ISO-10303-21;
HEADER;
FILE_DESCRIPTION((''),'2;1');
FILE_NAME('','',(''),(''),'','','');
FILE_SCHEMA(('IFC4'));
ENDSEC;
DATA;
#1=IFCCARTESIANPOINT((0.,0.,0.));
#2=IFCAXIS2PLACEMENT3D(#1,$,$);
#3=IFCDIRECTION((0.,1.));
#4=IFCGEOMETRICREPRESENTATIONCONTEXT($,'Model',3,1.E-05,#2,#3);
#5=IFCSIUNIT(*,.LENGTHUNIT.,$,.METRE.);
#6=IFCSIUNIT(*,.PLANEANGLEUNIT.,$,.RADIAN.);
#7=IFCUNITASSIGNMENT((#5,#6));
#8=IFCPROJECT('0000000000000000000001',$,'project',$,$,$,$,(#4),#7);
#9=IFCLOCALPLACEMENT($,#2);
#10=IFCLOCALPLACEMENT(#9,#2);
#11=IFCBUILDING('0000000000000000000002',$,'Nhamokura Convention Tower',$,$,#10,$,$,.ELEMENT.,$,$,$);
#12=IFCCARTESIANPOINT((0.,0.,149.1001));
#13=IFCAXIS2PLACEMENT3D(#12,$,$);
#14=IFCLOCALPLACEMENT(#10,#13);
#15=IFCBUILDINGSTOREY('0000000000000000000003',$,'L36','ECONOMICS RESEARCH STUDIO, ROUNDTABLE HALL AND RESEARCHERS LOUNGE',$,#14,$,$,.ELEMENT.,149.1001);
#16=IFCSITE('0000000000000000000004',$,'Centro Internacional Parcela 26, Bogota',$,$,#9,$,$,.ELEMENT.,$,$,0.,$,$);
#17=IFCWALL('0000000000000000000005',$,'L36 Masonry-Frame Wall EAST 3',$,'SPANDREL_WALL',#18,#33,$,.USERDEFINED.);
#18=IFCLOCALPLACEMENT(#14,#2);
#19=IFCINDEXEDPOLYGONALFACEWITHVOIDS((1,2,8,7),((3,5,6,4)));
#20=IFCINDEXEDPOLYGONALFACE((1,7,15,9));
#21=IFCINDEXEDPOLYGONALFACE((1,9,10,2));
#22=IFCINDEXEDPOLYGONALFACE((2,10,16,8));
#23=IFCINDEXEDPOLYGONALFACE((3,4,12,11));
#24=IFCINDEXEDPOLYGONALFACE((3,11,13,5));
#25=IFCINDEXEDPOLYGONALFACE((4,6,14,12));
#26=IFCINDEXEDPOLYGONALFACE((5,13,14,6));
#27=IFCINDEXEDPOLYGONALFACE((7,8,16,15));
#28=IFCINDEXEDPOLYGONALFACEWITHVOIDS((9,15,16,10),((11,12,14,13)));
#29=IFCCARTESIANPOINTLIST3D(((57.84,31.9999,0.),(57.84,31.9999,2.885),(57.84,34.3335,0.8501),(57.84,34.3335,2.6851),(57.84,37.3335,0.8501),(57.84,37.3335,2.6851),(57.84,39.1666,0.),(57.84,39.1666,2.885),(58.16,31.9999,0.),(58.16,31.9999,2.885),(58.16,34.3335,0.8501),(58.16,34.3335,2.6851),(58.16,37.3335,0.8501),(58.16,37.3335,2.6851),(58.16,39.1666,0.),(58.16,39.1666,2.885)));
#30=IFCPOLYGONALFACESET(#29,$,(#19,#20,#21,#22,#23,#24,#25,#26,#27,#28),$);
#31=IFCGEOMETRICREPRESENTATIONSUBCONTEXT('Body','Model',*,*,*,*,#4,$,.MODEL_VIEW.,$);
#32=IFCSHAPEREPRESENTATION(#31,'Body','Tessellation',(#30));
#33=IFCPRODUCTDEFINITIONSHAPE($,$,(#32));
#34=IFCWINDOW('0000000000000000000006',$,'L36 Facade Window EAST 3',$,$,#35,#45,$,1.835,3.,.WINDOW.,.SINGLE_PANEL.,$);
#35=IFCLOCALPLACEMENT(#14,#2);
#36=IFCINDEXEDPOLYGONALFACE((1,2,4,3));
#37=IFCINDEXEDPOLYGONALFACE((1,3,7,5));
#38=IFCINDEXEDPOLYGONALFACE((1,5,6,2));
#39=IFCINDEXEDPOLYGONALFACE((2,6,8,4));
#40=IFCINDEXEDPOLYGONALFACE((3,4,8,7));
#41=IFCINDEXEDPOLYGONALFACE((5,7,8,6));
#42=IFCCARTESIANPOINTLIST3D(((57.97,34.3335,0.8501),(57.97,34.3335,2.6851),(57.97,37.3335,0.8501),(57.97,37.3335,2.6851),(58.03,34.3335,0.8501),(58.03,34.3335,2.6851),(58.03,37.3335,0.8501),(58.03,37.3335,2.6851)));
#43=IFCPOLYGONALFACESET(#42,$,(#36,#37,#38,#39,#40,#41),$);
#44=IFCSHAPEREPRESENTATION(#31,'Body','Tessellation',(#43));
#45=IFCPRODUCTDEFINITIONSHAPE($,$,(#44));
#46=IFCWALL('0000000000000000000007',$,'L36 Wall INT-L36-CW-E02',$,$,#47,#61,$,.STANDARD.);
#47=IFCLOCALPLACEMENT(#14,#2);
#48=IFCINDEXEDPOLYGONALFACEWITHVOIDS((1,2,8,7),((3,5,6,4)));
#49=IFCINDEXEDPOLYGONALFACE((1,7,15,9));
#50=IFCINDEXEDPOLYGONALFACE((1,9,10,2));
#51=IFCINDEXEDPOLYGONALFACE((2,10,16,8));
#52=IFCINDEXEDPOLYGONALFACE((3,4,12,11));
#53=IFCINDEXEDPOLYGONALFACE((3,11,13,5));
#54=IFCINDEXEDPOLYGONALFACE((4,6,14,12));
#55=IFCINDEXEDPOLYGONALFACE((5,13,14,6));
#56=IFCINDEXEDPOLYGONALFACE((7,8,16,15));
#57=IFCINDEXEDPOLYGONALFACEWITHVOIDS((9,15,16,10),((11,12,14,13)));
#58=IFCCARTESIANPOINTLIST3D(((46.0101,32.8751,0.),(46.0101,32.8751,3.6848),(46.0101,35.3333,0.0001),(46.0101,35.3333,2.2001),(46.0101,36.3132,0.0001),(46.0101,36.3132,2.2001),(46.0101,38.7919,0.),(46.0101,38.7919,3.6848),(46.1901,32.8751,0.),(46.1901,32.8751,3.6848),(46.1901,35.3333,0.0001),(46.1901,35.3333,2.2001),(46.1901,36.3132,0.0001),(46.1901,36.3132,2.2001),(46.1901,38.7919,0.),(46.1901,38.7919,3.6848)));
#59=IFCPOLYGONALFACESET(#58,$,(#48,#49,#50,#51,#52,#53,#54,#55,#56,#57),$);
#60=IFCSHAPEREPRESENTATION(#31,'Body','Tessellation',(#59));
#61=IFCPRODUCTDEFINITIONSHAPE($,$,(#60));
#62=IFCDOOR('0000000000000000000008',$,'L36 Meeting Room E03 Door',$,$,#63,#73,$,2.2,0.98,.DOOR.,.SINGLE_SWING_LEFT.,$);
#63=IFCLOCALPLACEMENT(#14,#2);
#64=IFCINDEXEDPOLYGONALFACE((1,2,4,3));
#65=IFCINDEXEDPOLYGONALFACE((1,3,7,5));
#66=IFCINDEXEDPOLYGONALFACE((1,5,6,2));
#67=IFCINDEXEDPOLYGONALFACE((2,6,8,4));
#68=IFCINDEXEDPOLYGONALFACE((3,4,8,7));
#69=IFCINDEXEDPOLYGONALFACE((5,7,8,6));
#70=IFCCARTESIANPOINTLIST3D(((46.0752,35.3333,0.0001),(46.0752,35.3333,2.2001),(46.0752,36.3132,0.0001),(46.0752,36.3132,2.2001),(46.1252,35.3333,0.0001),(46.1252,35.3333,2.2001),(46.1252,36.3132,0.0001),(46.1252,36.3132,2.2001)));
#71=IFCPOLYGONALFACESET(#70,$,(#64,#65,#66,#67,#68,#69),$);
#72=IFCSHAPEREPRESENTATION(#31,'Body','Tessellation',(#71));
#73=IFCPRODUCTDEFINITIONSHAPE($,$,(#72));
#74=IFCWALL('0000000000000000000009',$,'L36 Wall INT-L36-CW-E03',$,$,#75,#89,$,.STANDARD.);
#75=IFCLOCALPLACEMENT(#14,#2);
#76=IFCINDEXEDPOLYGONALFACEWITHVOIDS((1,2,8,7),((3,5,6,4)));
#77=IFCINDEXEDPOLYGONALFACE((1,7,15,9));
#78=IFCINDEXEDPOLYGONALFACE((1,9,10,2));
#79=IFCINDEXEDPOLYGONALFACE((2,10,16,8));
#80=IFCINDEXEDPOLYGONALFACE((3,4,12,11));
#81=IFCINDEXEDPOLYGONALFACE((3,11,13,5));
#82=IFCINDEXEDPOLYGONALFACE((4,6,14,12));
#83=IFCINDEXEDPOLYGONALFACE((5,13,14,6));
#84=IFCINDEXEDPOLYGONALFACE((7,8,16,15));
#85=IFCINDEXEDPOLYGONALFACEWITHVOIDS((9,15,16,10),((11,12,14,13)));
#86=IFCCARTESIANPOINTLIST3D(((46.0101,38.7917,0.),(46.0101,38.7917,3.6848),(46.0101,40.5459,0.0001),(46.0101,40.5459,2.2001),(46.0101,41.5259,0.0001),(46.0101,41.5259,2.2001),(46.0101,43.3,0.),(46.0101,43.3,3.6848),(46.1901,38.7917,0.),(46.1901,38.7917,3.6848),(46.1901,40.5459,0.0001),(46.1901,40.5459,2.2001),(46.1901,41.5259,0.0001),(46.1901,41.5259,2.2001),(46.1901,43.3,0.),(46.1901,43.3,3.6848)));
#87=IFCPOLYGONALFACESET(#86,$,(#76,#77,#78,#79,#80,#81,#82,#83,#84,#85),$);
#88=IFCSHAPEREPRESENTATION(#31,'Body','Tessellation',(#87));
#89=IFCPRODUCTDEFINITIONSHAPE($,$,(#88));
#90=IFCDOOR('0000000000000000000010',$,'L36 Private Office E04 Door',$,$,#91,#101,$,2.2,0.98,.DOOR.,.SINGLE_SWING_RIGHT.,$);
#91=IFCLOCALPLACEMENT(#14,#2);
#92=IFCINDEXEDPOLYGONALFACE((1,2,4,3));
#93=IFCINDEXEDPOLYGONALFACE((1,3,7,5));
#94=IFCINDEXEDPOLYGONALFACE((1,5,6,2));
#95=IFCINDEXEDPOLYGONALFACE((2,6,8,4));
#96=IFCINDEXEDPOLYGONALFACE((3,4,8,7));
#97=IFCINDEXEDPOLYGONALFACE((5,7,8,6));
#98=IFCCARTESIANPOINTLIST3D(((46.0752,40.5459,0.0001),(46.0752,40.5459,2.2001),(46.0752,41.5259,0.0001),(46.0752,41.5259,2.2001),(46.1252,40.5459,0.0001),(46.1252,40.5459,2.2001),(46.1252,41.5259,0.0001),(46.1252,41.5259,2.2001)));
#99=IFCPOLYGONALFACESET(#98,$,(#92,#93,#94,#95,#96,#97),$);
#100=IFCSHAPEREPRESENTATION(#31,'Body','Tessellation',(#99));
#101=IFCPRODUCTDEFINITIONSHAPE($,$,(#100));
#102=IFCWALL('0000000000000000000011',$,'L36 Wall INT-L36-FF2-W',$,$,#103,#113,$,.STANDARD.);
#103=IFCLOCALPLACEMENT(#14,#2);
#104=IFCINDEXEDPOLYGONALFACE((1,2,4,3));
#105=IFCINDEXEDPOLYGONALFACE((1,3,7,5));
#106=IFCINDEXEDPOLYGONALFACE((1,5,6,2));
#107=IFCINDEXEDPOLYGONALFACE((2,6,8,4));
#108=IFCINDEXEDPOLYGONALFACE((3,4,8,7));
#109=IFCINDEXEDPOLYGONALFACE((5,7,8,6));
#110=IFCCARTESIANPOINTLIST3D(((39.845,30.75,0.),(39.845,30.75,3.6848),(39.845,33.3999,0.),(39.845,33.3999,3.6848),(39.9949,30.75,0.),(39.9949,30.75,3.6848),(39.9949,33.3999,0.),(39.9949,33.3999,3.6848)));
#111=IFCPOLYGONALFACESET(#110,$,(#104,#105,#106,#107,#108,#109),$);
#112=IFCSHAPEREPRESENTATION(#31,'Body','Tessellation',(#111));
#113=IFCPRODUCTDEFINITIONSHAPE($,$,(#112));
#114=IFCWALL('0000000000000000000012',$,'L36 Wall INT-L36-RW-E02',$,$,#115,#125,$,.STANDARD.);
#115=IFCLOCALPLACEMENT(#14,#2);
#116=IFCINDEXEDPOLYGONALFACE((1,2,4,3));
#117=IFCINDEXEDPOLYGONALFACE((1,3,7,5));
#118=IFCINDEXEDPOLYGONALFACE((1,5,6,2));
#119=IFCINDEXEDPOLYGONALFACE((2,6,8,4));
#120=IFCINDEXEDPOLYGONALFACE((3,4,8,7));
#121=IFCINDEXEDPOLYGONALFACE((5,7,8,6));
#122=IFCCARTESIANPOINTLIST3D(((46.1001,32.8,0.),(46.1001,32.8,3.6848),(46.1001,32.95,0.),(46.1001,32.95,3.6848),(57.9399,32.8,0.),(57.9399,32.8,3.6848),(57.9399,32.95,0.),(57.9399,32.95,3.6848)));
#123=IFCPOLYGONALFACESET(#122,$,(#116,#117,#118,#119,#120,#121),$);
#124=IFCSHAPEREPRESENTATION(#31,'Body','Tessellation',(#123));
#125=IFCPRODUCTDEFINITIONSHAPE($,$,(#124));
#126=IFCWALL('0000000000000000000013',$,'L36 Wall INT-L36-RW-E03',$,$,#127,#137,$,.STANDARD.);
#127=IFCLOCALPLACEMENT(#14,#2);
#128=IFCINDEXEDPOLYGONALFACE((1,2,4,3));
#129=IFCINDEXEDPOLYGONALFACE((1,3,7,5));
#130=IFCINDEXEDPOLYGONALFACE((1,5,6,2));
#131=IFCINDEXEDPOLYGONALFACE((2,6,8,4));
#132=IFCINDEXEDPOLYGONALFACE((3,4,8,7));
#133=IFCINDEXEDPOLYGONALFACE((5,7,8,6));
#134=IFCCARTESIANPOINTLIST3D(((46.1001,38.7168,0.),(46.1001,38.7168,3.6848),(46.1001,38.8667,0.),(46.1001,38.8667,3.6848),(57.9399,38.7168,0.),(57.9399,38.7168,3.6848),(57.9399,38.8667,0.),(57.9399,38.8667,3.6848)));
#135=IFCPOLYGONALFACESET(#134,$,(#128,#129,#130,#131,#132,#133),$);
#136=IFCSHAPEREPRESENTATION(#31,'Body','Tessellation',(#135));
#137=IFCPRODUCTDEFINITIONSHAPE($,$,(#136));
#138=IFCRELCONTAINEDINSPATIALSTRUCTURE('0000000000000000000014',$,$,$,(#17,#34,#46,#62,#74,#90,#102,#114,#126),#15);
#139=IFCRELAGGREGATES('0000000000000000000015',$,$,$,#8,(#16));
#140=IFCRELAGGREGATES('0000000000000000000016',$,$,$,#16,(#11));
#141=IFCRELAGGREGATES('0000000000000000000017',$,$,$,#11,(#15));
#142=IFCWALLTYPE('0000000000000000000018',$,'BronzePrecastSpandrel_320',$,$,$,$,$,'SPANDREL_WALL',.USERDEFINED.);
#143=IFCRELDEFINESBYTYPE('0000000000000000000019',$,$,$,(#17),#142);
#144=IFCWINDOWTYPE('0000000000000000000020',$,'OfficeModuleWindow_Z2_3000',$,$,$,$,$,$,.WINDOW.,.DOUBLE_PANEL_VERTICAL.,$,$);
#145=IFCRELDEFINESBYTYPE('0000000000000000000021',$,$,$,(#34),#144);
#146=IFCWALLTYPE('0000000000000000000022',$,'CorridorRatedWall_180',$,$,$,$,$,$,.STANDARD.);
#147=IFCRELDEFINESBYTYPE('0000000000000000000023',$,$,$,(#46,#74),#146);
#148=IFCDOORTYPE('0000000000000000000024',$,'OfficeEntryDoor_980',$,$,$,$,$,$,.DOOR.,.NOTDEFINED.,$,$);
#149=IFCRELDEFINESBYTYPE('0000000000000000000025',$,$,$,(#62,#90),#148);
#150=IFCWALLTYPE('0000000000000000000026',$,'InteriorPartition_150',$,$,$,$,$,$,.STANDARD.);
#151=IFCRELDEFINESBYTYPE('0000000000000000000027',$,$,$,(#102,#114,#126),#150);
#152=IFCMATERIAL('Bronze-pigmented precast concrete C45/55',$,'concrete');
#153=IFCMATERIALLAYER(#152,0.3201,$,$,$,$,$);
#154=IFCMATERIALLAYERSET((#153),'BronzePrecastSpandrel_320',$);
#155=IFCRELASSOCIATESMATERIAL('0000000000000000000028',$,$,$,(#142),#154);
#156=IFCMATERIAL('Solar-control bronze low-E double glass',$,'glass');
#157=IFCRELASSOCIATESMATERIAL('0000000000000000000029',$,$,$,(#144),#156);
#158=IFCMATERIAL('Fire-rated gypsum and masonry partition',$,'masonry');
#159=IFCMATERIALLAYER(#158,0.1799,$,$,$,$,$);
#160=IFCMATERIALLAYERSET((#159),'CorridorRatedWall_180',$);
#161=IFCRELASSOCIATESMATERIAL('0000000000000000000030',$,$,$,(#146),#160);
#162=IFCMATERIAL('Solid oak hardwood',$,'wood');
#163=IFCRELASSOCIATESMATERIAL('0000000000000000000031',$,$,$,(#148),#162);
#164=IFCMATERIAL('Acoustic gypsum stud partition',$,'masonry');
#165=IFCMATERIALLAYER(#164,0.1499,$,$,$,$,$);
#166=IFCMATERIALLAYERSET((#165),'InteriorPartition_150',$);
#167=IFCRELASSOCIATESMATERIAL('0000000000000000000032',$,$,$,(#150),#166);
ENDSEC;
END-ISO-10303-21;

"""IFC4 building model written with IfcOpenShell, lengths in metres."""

from ifc_helpers import new_model, si_unit, direction, frame, frame_2d, origin, place, context, subcontext, project, spatial, rectangle, extrude, material, layer, layer_set, type_object, element, fill, save


model = new_model("IFC4")

# Units and contexts
model_context = context("Model", 3, precision=1e-05, world=origin(), true_north=direction((0.0, 1.0)))
body_context = subcontext(model_context, "Body", "Model", "MODEL_VIEW")
ifc_project = project(units=[si_unit("LENGTHUNIT", "METRE"), si_unit("PLANEANGLEUNIT", "RADIAN")], contexts=[model_context])

# Site, building, storey
site_placement = place(None, origin())
site = spatial("IfcSite", under=ifc_project, at=site_placement, Name="Centro Internacional Parcela 26, Bogota", CompositionType="ELEMENT", RefElevation=0.0)
building_placement = place(site_placement, origin())
building = spatial("IfcBuilding", under=site, at=building_placement, Name="Nhamokura Convention Tower", CompositionType="ELEMENT")
storey_placement = place(building_placement, frame((0.0, 0.0, 149.1001)))
storey = spatial("IfcBuildingStorey", under=building, at=storey_placement, Name="L36", Description="ECONOMICS RESEARCH STUDIO, ROUNDTABLE HALL AND RESEARCHERS LOUNGE", CompositionType="ELEMENT", Elevation=149.1001)

# Wall, opening, window
ifc_material_1 = material(Name="Bronze-pigmented precast concrete C45/55", Category="concrete")
ifc_layer_1 = layer(ifc_material_1, 0.3201)
ifc_layer_set_1 = layer_set([ifc_layer_1], Name="BronzePrecastSpandrel_320")
wall_type_1 = type_object("IfcWallType", Name="BronzePrecastSpandrel_320", ElementType="SPANDREL_WALL", PredefinedType="USERDEFINED", material=ifc_layer_set_1)
ifc_material_2 = material(Name="Solar-control bronze low-E double glass", Category="glass")
window_type = type_object("IfcWindowType", Name="OfficeModuleWindow_Z2_3000", PartitioningType="DOUBLE_PANEL_VERTICAL", PredefinedType="WINDOW", material=ifc_material_2)
wall_1_placement = place(storey_placement, frame((58.0, 39.1667, 0.0), z_axis=(0.0, 0.0, 1.0), x_axis=(0.0, -1.0, 0.0)))
wall_1 = element("IfcWall", 1, at=wall_1_placement, inside=storey, type_object=wall_type_1, Name="L36 Masonry-Frame Wall EAST 3", ObjectType="SPANDREL_WALL", PredefinedType="USERDEFINED", context=body_context, shape_type="SweptSolid", body=[
    extrude(rectangle(XDim=7.1667, YDim=0.3201, at=frame_2d((3.5835, 0.0))), origin(), (0.0, 0.0, 1.0), 2.885),
])
opening_1_placement = place(wall_1_placement, frame((1.8333, 0.0, 0.8501)))
opening_1 = element("IfcOpeningElement", 2, at=opening_1_placement, cuts=wall_1, PredefinedType="OPENING", context=body_context, shape_type="SweptSolid", body=[
    extrude(rectangle(XDim=3.0, YDim=1.835, at=frame_2d((1.5, 0.9175))), frame((0.0, 0.1699, 0.0), z_axis=(0.0, -1.0, 0.0), x_axis=(1.0, 0.0, 0.0)), (0.0, 0.0, 1.0), 0.3401),
])
window_1_placement = place(opening_1_placement, origin())
window_1 = element("IfcWindow", 3, at=window_1_placement, inside=storey, type_object=window_type, Name="L36 Facade Window EAST 3", OverallHeight=1.835, OverallWidth=3.0, PartitioningType="SINGLE_PANEL", PredefinedType="WINDOW", context=body_context, shape_type="SweptSolid", body=[
    extrude(rectangle(XDim=3.0, YDim=1.835, at=frame_2d((1.5, 0.9175))), frame((0.0, 0.03, 0.0), z_axis=(0.0, -1.0, 0.0), x_axis=(1.0, 0.0, 0.0)), (0.0, 0.0, 1.0), 0.0601),
])
fill(opening_1, window_1)

# Walls, openings, doors
ifc_material_3 = material(Name="Fire-rated gypsum and masonry partition", Category="masonry")
ifc_layer_2 = layer(ifc_material_3, 0.1799)
ifc_layer_set_2 = layer_set([ifc_layer_2], Name="CorridorRatedWall_180")
wall_type_2 = type_object("IfcWallType", Name="CorridorRatedWall_180", PredefinedType="STANDARD", material=ifc_layer_set_2)
wall_2_placement = place(storey_placement, frame((46.1001, 32.875, 0.0), z_axis=(0.0, 0.0, 1.0), x_axis=(0.0, 1.0, 0.0)))
wall_2 = element("IfcWall", 4, at=wall_2_placement, inside=storey, type_object=wall_type_2, Name="L36 Wall INT-L36-CW-E02", PredefinedType="STANDARD", context=body_context, shape_type="SweptSolid", body=[
    extrude(rectangle(XDim=5.9167, YDim=0.1799, at=frame_2d((2.9585, 0.0))), origin(), (0.0, 0.0, 1.0), 3.6848),
])
opening_2_placement = place(wall_2_placement, frame((2.4583, 0.0, 0.0)))
opening_2 = element("IfcOpeningElement", 5, at=opening_2_placement, cuts=wall_2, PredefinedType="OPENING", context=body_context, shape_type="SweptSolid", body=[
    extrude(rectangle(XDim=0.98, YDim=2.2, at=frame_2d((0.49, 1.1001))), frame((0.0, 0.0999, 0.0), z_axis=(0.0, -1.0, 0.0), x_axis=(1.0, 0.0, 0.0)), (0.0, 0.0, 1.0), 0.2),
])
ifc_material_4 = material(Name="Solid oak hardwood", Category="wood")
door_type = type_object("IfcDoorType", Name="OfficeEntryDoor_980", OperationType="NOTDEFINED", PredefinedType="DOOR", material=ifc_material_4)
door_1_placement = place(opening_2_placement, origin())
door_1 = element("IfcDoor", 6, at=door_1_placement, inside=storey, type_object=door_type, Name="L36 Meeting Room E03 Door", OperationType="SINGLE_SWING_LEFT", OverallHeight=2.2, OverallWidth=0.98, PredefinedType="DOOR", context=body_context, shape_type="SweptSolid", body=[
    extrude(rectangle(XDim=0.98, YDim=2.2, at=frame_2d((0.49, 1.1001))), frame((0.0, 0.0249, 0.0), z_axis=(0.0, -1.0, 0.0), x_axis=(1.0, 0.0, 0.0)), (0.0, 0.0, 1.0), 0.05),
])
fill(opening_2, door_1)
wall_3_placement = place(storey_placement, frame((46.1001, 38.7917, 0.0), z_axis=(0.0, 0.0, 1.0), x_axis=(0.0, 1.0, 0.0)))
wall_3 = element("IfcWall", 7, at=wall_3_placement, inside=storey, type_object=wall_type_2, Name="L36 Wall INT-L36-CW-E03", PredefinedType="STANDARD", context=body_context, shape_type="SweptSolid", body=[
    extrude(rectangle(XDim=4.5083, YDim=0.1799, at=frame_2d((2.2542, 0.0))), origin(), (0.0, 0.0, 1.0), 3.6848),
])
opening_3_placement = place(wall_3_placement, frame((1.7542, 0.0, 0.0)))
opening_3 = element("IfcOpeningElement", 8, at=opening_3_placement, cuts=wall_3, PredefinedType="OPENING", context=body_context, shape_type="SweptSolid", body=[
    extrude(rectangle(XDim=0.98, YDim=2.2, at=frame_2d((0.49, 1.1001))), frame((0.0, 0.0999, 0.0), z_axis=(0.0, -1.0, 0.0), x_axis=(1.0, 0.0, 0.0)), (0.0, 0.0, 1.0), 0.2),
])
door_2_placement = place(opening_3_placement, origin())
door_2 = element("IfcDoor", 9, at=door_2_placement, inside=storey, type_object=door_type, Name="L36 Private Office E04 Door", OperationType="SINGLE_SWING_RIGHT", OverallHeight=2.2, OverallWidth=0.98, PredefinedType="DOOR", context=body_context, shape_type="SweptSolid", body=[
    extrude(rectangle(XDim=0.98, YDim=2.2, at=frame_2d((0.49, 1.1001))), frame((0.0, 0.0249, 0.0), z_axis=(0.0, -1.0, 0.0), x_axis=(1.0, 0.0, 0.0)), (0.0, 0.0, 1.0), 0.05),
])
fill(opening_3, door_2)

# Walls
ifc_material_5 = material(Name="Acoustic gypsum stud partition", Category="masonry")
ifc_layer_3 = layer(ifc_material_5, 0.1499)
ifc_layer_set_3 = layer_set([ifc_layer_3], Name="InteriorPartition_150")
wall_type_3 = type_object("IfcWallType", Name="InteriorPartition_150", PredefinedType="STANDARD", material=ifc_layer_set_3)
wall_4_placement = place(storey_placement, frame((39.9199, 30.75, 0.0), z_axis=(0.0, 0.0, 1.0), x_axis=(0.0, 1.0, 0.0)))
element("IfcWall", 10, at=wall_4_placement, inside=storey, type_object=wall_type_3, Name="L36 Wall INT-L36-FF2-W", PredefinedType="STANDARD", context=body_context, shape_type="SweptSolid", body=[
    extrude(rectangle(XDim=2.6499, YDim=0.1499, at=frame_2d((1.325, 0.0))), origin(), (0.0, 0.0, 1.0), 3.6848),
])
for number, where, z_axis, x_axis, name in (
    (11, (46.1001, 32.875, 0.0), (0.0, 0.0, 1.0), (1.0, 0.0, 0.0), "L36 Wall INT-L36-RW-E02"),
    (12, (46.1001, 38.7917, 0.0), (0.0, 0.0, 1.0), (1.0, 0.0, 0.0), "L36 Wall INT-L36-RW-E03"),
):
    element("IfcWall", number, at=place(storey_placement, frame(where, z_axis=z_axis, x_axis=x_axis)), inside=storey, type_object=wall_type_3, Name=name, PredefinedType="STANDARD", context=body_context, shape_type="SweptSolid", body=[
        extrude(rectangle(XDim=11.8398, YDim=0.1499, at=frame_2d((5.9199, 0.0))), origin(), (0.0, 0.0, 1.0), 3.6848),
    ])

save(model, "model.ifc")
